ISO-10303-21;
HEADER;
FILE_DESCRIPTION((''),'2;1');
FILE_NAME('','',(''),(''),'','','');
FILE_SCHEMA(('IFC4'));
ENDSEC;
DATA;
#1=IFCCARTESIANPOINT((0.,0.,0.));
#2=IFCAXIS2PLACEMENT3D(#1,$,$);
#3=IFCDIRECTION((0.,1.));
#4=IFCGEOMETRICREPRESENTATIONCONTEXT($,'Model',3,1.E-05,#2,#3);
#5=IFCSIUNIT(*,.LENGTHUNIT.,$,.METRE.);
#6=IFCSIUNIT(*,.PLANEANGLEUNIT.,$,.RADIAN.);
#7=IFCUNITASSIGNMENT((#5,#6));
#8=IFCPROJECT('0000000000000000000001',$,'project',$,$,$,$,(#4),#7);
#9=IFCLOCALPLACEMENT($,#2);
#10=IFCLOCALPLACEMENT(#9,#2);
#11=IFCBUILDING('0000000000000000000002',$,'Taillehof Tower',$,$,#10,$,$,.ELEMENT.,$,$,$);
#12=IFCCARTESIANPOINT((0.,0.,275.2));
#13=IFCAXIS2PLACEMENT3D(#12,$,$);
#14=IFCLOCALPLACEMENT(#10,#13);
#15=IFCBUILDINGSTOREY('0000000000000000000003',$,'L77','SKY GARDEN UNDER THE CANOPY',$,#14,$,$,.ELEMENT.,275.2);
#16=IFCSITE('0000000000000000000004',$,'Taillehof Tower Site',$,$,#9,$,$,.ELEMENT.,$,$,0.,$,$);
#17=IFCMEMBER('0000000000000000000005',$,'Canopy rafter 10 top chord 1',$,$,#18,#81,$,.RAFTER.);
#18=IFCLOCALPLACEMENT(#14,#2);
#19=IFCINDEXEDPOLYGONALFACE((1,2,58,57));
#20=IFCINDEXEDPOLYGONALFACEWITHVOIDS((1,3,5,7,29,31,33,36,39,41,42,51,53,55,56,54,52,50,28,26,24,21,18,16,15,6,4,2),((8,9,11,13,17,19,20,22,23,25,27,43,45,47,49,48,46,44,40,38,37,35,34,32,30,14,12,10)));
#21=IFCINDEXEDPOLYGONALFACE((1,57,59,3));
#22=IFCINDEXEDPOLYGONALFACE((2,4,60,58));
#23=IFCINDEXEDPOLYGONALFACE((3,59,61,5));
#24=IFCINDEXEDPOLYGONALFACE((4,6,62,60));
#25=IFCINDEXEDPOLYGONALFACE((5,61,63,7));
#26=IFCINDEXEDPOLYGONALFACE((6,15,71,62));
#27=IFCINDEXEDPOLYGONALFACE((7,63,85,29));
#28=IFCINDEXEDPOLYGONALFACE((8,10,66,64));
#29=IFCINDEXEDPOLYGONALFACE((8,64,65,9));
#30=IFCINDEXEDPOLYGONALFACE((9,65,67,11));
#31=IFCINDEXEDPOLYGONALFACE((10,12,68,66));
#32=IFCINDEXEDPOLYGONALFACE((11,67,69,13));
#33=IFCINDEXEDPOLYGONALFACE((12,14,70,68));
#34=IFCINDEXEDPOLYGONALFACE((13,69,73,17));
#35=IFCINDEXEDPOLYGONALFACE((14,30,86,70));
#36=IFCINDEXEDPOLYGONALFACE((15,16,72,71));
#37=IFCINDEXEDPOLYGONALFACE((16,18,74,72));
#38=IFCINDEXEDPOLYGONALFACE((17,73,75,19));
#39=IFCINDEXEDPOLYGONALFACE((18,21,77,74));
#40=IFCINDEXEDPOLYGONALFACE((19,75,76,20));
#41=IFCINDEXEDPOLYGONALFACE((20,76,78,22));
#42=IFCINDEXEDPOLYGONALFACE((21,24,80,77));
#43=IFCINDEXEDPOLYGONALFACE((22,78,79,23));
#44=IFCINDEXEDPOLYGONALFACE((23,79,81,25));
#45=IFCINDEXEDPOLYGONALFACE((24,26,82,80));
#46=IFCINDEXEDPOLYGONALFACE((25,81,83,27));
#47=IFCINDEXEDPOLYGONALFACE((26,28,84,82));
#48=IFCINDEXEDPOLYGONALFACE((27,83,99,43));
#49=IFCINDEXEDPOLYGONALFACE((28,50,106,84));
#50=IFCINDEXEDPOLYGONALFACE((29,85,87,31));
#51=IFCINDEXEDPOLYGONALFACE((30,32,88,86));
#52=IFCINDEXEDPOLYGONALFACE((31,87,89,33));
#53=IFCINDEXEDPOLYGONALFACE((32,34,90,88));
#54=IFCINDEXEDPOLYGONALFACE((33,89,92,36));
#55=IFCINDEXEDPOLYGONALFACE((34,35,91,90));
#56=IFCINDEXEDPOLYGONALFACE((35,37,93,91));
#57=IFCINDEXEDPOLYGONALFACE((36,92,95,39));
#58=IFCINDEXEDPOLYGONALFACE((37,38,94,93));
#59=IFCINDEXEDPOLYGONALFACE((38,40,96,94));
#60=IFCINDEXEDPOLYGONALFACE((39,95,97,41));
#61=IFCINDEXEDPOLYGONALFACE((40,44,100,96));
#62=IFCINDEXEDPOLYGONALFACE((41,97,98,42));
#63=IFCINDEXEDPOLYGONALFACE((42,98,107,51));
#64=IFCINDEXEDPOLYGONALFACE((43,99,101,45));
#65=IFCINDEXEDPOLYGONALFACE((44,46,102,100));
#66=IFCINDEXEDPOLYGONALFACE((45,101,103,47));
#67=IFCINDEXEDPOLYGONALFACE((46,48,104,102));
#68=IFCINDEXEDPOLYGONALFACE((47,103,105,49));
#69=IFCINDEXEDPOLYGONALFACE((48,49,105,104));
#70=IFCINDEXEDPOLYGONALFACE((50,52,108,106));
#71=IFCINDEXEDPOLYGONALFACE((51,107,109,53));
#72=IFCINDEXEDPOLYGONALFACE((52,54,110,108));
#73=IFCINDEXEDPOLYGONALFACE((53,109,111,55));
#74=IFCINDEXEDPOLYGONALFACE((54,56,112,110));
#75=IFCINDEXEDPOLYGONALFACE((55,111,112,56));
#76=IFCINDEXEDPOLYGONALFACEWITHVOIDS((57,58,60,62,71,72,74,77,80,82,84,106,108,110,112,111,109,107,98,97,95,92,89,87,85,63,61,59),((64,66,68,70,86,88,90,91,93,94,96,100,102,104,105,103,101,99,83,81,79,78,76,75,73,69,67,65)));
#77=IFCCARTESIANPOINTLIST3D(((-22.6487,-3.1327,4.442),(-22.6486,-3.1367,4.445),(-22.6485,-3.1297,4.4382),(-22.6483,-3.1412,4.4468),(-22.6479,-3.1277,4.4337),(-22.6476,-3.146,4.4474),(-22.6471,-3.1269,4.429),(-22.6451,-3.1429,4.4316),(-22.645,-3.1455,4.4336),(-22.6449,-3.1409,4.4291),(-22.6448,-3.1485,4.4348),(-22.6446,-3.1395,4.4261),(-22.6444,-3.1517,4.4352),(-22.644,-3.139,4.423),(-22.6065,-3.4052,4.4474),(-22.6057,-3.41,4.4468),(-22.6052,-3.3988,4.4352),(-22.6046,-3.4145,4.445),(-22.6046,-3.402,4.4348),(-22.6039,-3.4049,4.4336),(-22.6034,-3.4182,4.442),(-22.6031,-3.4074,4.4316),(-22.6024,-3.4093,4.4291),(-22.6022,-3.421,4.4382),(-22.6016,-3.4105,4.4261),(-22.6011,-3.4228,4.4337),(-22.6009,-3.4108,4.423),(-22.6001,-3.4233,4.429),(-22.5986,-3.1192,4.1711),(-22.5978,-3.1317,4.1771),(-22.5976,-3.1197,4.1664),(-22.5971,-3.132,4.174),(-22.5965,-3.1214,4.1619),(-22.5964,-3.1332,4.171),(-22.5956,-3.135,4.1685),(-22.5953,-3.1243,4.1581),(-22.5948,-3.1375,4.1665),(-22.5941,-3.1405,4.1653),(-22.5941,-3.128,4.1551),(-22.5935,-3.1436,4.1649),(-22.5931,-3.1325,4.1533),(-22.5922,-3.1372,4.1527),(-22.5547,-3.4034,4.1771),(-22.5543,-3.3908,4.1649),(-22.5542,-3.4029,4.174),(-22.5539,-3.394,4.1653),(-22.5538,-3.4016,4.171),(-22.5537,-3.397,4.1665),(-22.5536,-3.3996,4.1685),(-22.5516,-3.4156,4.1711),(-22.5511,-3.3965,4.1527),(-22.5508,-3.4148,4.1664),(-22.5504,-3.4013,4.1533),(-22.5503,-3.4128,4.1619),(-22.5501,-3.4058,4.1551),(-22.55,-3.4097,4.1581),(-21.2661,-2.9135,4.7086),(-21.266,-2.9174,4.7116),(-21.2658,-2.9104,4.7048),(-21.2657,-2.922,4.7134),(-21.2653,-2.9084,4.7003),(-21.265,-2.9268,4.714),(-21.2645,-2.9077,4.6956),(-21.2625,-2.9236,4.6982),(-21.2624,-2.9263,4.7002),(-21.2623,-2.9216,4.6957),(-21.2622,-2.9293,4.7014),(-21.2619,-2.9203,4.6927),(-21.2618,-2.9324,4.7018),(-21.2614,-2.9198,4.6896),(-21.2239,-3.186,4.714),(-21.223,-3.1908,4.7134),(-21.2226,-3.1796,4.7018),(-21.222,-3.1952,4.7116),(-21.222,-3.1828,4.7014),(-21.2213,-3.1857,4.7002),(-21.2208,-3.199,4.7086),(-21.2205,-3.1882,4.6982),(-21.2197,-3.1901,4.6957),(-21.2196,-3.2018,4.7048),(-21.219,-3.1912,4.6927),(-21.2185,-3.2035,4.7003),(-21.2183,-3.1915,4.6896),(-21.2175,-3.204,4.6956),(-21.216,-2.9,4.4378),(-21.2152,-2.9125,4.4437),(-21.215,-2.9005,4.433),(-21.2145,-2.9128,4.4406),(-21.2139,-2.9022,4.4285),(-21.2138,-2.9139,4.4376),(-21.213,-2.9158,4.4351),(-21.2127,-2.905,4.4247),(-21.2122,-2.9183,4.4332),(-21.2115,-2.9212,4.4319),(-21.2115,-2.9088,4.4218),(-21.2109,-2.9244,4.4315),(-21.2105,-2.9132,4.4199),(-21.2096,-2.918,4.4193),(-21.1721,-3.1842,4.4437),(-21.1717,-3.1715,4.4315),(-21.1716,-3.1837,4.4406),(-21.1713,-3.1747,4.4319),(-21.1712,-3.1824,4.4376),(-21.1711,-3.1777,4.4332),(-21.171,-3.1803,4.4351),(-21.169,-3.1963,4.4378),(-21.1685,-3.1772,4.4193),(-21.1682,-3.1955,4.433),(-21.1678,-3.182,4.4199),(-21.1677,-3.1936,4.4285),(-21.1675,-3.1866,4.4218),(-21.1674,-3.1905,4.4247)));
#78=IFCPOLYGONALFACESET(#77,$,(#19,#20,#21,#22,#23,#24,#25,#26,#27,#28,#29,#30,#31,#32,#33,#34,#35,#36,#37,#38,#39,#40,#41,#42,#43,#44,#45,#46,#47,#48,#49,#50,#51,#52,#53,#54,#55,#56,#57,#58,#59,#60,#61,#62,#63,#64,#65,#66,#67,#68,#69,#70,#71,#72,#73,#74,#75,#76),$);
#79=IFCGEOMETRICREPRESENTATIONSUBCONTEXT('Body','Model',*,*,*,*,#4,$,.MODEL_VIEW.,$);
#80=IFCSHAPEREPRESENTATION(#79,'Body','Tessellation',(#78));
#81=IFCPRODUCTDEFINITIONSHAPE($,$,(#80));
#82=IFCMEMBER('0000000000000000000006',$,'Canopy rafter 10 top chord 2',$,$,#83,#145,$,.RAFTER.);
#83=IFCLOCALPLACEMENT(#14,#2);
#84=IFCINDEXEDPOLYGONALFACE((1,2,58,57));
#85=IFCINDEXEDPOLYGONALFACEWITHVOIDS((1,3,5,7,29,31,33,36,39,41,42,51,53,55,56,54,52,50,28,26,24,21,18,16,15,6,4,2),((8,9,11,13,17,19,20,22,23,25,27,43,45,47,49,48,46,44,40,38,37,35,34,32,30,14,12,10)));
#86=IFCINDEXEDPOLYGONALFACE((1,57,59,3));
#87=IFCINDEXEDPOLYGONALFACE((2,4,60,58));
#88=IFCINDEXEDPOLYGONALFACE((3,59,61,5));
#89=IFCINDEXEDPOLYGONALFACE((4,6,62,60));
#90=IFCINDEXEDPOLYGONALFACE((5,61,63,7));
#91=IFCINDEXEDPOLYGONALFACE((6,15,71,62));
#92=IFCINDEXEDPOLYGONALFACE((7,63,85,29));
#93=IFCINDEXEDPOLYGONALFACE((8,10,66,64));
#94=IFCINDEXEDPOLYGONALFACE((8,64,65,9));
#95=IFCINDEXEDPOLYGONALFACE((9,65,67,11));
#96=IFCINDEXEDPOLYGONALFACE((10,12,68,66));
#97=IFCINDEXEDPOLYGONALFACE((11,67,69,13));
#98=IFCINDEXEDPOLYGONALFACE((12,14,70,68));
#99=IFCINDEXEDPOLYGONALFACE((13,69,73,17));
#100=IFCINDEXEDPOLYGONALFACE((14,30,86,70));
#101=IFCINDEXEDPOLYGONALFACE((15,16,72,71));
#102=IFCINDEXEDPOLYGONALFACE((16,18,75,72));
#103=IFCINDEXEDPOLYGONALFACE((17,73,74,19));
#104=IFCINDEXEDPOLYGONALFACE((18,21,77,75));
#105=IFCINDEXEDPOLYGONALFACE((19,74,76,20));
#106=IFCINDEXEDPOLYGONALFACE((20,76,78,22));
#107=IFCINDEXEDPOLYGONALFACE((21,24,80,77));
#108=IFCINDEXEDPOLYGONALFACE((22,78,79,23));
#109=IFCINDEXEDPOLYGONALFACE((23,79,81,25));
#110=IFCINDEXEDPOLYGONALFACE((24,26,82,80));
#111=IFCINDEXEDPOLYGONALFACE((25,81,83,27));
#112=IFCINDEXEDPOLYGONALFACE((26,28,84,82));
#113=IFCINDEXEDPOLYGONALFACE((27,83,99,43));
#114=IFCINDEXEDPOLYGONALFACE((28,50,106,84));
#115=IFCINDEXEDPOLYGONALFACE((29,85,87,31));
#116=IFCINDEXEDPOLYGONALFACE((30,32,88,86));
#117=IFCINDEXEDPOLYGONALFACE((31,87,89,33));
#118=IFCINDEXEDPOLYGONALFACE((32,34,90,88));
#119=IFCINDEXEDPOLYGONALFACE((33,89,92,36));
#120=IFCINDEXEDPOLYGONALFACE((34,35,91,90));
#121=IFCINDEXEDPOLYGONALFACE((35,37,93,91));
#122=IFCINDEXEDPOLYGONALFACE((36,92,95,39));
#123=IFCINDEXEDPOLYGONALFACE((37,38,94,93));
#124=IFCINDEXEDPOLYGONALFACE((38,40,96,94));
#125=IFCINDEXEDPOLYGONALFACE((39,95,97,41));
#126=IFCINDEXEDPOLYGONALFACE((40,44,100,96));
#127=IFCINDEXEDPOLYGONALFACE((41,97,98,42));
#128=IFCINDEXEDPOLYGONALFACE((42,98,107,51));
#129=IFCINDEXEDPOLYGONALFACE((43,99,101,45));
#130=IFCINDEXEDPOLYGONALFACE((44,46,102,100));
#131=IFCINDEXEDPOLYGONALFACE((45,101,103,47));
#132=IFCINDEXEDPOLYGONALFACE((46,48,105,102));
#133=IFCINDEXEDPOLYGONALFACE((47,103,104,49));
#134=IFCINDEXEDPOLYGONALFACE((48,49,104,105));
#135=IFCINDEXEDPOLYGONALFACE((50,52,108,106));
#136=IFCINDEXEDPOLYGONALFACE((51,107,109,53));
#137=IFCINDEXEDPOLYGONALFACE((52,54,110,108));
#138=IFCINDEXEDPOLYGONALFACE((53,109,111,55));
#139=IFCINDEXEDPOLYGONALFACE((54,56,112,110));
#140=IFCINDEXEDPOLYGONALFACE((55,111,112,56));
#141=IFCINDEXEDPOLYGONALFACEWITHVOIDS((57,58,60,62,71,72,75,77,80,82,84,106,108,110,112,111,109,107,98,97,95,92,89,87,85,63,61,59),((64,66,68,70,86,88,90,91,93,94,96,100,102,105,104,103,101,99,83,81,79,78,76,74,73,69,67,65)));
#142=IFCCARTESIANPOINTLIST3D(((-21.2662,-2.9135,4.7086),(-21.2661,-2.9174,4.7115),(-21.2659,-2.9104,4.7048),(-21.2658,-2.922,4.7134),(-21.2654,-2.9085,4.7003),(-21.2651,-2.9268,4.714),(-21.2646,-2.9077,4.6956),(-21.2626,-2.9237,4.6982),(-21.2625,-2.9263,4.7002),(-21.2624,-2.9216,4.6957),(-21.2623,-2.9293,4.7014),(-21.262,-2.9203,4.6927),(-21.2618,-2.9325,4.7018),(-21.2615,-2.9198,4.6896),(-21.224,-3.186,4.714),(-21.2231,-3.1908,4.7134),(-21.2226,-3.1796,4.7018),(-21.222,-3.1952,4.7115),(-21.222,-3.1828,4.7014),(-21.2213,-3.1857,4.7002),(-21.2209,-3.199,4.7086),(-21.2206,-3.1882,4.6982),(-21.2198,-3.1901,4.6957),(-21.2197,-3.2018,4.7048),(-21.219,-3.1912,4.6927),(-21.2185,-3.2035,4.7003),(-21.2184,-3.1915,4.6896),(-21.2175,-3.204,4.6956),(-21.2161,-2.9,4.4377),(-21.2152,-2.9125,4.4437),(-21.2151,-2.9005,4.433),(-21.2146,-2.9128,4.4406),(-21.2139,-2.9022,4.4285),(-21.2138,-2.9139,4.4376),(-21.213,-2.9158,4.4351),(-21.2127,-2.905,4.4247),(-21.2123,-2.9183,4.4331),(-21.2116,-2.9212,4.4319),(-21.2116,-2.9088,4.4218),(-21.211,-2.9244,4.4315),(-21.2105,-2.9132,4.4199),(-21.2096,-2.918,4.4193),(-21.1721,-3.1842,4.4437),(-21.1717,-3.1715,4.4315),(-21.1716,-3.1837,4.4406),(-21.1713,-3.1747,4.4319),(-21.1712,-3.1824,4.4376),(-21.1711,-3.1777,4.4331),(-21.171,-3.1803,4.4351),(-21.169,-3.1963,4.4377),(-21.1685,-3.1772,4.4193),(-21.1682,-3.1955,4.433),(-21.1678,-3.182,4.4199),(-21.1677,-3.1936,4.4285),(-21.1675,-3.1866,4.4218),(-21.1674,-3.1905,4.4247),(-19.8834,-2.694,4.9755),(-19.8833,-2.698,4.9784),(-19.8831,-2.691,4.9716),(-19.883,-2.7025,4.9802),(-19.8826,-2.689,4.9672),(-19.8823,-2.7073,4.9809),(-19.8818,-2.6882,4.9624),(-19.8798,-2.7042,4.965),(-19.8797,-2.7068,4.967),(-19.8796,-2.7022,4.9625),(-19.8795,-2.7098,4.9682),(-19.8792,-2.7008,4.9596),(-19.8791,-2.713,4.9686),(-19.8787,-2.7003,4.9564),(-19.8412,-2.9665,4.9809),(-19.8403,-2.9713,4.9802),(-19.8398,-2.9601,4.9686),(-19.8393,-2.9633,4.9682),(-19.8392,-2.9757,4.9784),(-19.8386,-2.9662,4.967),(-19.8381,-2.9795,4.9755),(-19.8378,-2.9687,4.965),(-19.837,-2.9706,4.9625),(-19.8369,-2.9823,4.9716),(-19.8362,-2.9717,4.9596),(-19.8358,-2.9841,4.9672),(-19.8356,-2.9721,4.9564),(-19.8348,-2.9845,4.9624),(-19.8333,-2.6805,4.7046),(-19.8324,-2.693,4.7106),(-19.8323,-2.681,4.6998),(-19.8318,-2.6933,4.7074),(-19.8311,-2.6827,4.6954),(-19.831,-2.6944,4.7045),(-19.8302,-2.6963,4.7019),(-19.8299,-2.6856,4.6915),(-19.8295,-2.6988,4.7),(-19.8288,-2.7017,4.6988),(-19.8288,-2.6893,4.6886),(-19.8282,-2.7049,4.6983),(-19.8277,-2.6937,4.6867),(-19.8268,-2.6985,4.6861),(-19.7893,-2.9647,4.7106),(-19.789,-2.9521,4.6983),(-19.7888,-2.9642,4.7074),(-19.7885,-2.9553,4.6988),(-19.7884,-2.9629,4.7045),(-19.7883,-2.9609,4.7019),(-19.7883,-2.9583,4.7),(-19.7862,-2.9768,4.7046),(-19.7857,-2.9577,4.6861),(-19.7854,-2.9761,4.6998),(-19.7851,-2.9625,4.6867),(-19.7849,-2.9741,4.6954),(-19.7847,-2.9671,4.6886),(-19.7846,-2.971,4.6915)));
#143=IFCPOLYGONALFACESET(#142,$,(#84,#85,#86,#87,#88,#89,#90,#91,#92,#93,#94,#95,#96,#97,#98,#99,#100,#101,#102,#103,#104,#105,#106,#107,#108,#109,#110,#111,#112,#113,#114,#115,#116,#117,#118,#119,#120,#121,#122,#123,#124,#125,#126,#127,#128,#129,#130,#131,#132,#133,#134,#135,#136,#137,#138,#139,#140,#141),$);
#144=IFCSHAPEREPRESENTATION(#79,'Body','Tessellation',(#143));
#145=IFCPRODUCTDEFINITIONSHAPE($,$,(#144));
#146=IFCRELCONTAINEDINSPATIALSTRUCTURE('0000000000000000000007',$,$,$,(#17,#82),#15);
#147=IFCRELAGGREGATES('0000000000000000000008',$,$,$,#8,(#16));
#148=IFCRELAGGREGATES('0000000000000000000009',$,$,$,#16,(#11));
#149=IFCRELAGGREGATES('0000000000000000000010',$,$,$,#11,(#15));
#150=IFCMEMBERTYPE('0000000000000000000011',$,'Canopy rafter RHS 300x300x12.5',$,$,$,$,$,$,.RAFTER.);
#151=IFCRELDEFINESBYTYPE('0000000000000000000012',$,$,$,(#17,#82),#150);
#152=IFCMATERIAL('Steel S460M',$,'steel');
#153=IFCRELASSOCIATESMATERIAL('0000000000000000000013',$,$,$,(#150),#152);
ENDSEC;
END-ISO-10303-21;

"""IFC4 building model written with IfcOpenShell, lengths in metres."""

from ifc_helpers import new_model, si_unit, direction, frame, origin, origin_2d, place, context, subcontext, project, spatial, hollow_rectangle, extrude, material, material_profile, profile_set, type_object, element, save


model = new_model("IFC4")

# Units and contexts
model_context = context("Model", 3, precision=1e-05, world=origin(), true_north=direction((0.0, 1.0)))
body_context = subcontext(model_context, "Body", "Model", "MODEL_VIEW")
ifc_project = project(units=[si_unit("LENGTHUNIT", "METRE"), si_unit("PLANEANGLEUNIT", "RADIAN")], contexts=[model_context])

# Site, building, storey
site_placement = place(None, origin())
site = spatial("IfcSite", under=ifc_project, at=site_placement, Name="Taillehof Tower Site", CompositionType="ELEMENT", RefElevation=0.0)
building_placement = place(site_placement, origin())
building = spatial("IfcBuilding", under=site, at=building_placement, Name="Taillehof Tower", CompositionType="ELEMENT")
storey_placement = place(building_placement, frame((0.0, 0.0, 275.2)))
storey = spatial("IfcBuildingStorey", under=building, at=storey_placement, Name="L77", Description="SKY GARDEN UNDER THE CANOPY", CompositionType="ELEMENT", Elevation=275.2)

# Members
ifc_material_1 = material(Name="Steel S460M", Category="steel")
ifc_material_profile_1 = material_profile(ifc_material_1, hollow_rectangle(XDim=0.3, YDim=0.3, WallThickness=0.0125, InnerFilletRadius=0.0125, OuterFilletRadius=0.0188, at=origin_2d()), Name="RHS 300x300x12.5")
ifc_profile_set_1 = profile_set([ifc_material_profile_1], Name="Steel S460M")
member_type_1 = type_object("IfcMemberType", Name="Canopy rafter RHS 300x300x12.5", PredefinedType="RAFTER", material=ifc_profile_set_1)
member_1_placement = place(storey_placement, frame((-22.5994, -3.2712, 4.3), z_axis=(0.970221, 0.153851, 0.187088), x_axis=(-0.156616, 0.98766, 0.0)))
element("IfcMember", 1, at=member_1_placement, inside=storey, type_object=member_type_1, Name="Canopy rafter 10 top chord 1", PredefinedType="RAFTER", context=body_context, shape_type="SweptSolid", body=[
    extrude(hollow_rectangle(XDim=0.3, YDim=0.3, WallThickness=0.0125, InnerFilletRadius=0.0125, OuterFilletRadius=0.0188, at=origin_2d()), origin(), (0.0, 0.0, 1.0), 1.425),
])
member_2_placement = place(storey_placement, frame((-21.2168, -3.052, 4.5667), z_axis=(0.970174, 0.153988, 0.187218), x_axis=(-0.156759, 0.987637, 0.0)))
element("IfcMember", 2, at=member_2_placement, inside=storey, type_object=member_type_1, Name="Canopy rafter 10 top chord 2", PredefinedType="RAFTER", context=body_context, shape_type="SweptSolid", body=[
    extrude(hollow_rectangle(XDim=0.3, YDim=0.3, WallThickness=0.0125, InnerFilletRadius=0.0125, OuterFilletRadius=0.0188, at=origin_2d()), origin(), (0.0, 0.0, 1.0), 1.4253),
])

save(model, "model.ifc")
